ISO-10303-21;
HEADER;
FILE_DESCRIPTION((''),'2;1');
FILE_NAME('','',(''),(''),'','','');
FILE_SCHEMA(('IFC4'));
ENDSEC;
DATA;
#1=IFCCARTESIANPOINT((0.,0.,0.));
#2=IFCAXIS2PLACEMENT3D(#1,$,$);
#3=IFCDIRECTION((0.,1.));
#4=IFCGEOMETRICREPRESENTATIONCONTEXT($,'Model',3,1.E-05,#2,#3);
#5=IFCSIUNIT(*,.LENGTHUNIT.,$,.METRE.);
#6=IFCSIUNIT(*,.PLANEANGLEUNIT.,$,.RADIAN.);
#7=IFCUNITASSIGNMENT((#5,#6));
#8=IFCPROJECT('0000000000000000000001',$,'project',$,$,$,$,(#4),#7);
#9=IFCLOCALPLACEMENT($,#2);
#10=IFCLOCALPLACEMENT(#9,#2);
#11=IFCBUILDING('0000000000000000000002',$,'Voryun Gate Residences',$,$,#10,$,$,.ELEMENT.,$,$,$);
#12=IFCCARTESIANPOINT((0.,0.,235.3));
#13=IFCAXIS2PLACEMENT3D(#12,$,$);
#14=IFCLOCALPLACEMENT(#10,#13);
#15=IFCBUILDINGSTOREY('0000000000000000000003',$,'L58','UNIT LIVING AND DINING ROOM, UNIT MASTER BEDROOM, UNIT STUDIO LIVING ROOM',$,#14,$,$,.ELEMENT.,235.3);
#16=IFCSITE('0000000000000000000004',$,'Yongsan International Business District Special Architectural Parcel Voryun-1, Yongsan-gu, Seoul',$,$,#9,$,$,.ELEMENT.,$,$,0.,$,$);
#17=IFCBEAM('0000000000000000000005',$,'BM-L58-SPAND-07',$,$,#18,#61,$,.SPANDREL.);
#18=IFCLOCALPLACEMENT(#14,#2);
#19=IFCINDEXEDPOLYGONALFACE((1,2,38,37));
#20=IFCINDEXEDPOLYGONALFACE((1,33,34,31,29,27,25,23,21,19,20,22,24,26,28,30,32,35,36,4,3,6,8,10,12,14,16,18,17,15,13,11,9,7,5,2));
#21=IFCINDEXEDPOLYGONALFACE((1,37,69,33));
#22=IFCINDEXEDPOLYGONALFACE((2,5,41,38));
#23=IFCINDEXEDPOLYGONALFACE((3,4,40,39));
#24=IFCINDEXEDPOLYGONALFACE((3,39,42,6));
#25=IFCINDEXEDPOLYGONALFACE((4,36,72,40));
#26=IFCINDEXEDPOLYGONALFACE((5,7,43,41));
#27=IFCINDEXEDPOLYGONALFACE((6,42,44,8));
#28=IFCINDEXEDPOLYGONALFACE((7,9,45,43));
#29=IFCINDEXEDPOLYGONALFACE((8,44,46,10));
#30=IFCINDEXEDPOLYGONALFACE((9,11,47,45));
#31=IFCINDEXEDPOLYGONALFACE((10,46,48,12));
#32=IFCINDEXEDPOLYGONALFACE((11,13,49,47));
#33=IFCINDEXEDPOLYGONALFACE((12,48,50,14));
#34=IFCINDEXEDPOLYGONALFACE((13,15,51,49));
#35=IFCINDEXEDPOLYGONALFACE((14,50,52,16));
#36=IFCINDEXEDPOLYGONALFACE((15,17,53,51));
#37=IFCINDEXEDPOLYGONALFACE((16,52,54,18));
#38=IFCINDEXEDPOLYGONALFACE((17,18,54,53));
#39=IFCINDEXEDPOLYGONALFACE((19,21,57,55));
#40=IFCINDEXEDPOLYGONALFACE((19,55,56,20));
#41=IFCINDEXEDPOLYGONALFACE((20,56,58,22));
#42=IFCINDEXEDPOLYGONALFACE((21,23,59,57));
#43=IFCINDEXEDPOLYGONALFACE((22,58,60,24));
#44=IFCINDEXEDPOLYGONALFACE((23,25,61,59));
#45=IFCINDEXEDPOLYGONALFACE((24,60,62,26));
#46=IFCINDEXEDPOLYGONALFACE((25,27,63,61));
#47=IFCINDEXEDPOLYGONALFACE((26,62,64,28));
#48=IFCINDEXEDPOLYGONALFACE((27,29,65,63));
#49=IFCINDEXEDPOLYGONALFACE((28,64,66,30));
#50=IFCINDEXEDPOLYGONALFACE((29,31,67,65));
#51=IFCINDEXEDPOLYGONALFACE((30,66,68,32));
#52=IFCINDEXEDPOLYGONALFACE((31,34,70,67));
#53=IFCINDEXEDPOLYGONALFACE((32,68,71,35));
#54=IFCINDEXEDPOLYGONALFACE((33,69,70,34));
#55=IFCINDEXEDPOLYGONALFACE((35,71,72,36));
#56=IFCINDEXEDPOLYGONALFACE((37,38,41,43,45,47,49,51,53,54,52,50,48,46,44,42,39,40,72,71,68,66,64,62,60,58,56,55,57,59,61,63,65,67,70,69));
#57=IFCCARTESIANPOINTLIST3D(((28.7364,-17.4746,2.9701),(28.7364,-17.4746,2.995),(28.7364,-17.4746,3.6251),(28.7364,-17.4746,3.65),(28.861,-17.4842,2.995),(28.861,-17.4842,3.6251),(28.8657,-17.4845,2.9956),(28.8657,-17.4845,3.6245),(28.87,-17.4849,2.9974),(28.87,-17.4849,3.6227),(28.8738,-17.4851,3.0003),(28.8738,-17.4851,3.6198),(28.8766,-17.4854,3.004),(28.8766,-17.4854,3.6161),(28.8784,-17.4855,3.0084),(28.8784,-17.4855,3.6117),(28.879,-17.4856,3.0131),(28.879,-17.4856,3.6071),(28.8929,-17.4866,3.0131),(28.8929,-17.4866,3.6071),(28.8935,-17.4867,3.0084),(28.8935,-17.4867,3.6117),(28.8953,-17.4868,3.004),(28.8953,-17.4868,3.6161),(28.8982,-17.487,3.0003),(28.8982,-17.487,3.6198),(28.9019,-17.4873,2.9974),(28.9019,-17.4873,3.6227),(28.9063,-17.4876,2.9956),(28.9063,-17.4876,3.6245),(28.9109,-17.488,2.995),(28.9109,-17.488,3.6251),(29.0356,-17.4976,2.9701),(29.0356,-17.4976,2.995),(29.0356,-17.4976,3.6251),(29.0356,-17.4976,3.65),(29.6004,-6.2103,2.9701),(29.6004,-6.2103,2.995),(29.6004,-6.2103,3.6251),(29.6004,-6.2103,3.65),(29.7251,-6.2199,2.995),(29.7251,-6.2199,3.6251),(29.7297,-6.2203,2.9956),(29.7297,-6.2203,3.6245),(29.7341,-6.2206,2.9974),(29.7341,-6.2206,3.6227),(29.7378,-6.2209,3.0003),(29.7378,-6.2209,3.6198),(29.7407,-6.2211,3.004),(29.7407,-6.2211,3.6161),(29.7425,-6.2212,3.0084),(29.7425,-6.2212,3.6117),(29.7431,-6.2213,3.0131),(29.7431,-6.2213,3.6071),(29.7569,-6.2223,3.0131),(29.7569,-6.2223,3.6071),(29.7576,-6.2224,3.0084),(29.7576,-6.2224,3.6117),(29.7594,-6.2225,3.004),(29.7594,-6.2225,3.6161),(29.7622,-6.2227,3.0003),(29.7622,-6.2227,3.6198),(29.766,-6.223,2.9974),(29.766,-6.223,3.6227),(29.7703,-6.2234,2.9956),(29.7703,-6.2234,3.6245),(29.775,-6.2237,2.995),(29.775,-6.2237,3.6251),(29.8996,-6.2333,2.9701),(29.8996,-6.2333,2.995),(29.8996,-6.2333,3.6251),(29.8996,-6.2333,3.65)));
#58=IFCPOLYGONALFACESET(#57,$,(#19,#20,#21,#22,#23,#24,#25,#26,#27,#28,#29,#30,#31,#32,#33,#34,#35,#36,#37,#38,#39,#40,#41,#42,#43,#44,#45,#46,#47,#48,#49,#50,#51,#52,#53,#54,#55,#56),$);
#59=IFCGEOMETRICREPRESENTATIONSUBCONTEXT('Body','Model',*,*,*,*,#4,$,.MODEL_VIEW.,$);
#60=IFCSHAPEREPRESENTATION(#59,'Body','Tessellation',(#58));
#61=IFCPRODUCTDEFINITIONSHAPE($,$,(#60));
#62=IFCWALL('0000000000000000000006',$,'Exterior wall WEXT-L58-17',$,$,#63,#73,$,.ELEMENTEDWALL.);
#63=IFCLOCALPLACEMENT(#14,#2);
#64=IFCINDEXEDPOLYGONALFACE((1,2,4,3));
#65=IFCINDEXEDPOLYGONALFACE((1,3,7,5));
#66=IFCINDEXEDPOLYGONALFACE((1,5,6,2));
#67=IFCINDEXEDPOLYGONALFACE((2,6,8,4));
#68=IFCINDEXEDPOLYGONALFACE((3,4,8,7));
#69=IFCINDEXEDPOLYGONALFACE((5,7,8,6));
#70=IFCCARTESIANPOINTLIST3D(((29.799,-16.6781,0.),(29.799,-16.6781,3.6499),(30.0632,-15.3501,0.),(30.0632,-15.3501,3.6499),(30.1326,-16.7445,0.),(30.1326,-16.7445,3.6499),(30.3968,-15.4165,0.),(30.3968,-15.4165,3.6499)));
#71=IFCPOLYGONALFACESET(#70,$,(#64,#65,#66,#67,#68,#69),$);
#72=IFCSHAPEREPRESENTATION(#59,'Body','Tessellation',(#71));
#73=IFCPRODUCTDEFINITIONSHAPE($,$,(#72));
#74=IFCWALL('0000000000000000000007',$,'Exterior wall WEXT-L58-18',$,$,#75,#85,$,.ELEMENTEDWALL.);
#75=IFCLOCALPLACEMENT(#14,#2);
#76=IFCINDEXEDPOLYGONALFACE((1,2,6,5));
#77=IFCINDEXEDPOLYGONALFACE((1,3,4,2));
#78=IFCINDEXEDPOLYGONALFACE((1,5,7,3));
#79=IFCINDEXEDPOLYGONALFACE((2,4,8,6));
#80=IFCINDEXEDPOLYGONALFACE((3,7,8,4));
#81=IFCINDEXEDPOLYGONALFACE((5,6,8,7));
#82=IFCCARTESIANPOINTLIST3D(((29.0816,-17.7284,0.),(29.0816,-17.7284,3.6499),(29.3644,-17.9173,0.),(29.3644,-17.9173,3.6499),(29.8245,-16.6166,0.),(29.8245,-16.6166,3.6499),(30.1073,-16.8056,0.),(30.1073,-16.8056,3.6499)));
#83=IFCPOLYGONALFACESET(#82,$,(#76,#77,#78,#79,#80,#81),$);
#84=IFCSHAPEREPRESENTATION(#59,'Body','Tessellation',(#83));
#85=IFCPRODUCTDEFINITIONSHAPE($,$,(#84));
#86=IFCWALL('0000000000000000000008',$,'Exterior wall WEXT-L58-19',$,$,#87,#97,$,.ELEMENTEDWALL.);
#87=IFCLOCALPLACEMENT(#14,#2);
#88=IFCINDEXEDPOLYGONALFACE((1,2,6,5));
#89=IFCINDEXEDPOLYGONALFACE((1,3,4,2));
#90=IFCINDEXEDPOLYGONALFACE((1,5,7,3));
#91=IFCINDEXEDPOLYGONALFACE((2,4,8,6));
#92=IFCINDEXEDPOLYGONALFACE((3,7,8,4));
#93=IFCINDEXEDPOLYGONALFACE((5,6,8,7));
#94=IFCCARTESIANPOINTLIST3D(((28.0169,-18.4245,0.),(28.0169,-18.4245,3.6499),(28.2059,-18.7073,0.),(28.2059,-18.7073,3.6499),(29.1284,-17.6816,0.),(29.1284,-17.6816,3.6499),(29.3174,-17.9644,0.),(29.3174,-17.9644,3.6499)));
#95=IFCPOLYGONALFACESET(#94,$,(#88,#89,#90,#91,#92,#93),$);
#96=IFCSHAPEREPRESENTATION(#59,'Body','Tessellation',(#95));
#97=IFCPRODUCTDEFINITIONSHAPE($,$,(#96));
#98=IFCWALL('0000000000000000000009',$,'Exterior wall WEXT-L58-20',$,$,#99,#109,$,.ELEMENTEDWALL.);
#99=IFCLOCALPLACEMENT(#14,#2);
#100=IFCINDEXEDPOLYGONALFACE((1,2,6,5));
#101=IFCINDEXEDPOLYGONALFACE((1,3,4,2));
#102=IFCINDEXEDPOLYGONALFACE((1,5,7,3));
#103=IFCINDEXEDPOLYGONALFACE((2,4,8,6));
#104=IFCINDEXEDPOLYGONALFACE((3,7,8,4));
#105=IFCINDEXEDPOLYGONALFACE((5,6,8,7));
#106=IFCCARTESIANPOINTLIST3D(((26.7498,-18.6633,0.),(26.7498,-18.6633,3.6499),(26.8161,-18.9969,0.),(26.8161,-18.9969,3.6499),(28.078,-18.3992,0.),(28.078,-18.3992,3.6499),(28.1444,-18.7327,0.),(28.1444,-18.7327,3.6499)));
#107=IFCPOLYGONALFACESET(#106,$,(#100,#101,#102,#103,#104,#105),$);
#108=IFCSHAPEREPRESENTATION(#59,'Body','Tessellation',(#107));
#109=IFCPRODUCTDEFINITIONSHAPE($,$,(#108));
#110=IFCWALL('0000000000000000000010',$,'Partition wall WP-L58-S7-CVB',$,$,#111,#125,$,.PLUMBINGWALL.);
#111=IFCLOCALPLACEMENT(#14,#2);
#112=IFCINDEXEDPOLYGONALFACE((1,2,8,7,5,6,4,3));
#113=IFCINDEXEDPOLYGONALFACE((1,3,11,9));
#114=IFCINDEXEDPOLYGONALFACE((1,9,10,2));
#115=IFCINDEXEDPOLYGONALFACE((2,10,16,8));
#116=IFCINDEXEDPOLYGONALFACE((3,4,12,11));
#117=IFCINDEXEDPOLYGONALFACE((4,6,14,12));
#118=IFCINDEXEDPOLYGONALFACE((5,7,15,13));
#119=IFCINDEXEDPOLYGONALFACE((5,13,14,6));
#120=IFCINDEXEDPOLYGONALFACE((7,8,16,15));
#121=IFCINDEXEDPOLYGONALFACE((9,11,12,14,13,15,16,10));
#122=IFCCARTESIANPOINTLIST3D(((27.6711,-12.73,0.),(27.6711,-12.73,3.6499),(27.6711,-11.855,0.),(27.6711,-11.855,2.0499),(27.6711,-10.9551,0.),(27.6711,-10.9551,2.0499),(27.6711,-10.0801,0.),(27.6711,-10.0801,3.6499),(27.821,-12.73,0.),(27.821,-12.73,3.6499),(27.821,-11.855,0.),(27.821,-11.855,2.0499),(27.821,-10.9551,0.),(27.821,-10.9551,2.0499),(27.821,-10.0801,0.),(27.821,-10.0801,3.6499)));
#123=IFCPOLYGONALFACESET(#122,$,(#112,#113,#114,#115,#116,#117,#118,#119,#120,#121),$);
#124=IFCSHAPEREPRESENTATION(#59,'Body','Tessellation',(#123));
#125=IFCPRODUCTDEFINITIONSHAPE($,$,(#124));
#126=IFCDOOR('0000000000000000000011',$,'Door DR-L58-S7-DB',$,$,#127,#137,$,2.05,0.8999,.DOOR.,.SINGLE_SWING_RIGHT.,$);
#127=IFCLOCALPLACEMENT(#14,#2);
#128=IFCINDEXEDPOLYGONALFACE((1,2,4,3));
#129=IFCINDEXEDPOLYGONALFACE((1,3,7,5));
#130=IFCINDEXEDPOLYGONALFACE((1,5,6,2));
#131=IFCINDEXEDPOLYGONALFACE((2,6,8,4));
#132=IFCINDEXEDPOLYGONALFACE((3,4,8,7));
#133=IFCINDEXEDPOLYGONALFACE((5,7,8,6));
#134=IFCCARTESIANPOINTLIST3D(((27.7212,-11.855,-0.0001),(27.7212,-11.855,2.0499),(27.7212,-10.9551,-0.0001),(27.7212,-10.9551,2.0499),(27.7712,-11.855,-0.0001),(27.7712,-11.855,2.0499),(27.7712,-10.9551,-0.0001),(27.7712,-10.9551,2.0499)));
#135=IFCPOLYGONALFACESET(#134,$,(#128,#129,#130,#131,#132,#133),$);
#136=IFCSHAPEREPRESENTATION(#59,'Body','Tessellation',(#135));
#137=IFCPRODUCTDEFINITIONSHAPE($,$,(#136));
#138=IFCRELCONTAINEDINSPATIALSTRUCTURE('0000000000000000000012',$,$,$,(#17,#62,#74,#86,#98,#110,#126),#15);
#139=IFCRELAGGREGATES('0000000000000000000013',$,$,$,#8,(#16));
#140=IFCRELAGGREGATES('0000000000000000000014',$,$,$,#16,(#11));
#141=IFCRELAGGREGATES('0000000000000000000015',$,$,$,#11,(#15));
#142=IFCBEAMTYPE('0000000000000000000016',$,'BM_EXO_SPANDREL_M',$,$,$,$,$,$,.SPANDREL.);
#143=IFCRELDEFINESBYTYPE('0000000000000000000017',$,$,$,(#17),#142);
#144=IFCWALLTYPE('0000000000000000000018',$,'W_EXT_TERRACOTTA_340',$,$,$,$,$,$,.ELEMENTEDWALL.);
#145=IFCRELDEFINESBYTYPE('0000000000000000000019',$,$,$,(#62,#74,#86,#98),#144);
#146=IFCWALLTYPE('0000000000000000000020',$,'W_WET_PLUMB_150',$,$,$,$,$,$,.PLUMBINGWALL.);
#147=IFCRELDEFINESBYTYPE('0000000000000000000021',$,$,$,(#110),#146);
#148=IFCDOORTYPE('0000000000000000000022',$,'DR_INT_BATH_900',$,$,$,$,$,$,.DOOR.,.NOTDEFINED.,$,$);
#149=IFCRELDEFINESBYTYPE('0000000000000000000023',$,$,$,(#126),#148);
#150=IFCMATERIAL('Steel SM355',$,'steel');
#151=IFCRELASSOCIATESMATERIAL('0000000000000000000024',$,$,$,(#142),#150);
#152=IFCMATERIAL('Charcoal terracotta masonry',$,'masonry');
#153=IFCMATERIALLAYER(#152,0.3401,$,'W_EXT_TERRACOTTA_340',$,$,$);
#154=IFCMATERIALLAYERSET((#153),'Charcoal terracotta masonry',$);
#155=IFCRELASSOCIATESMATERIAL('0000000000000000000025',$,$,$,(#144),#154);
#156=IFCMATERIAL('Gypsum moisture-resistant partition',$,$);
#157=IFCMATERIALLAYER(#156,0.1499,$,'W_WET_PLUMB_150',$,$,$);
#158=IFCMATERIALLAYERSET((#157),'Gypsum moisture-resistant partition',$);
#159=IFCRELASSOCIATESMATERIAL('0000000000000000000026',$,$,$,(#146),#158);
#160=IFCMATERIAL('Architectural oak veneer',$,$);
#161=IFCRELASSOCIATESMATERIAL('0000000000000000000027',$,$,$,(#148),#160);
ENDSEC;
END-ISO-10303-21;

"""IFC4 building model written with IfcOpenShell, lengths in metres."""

from ifc_helpers import new_model, si_unit, direction, frame, frame_2d, origin, origin_2d, place, context, subcontext, project, spatial, rectangle, i_section, extrude, material, layer, layer_set, material_profile, profile_set, type_object, element, fill, save


model = new_model("IFC4")

# Units and contexts
model_context = context("Model", 3, precision=1e-05, world=origin(), true_north=direction((0.0, 1.0)))
body_context = subcontext(model_context, "Body", "Model", "MODEL_VIEW")
ifc_project = project(units=[si_unit("LENGTHUNIT", "METRE"), si_unit("PLANEANGLEUNIT", "RADIAN")], contexts=[model_context])

# Site, building, storey
site_placement = place(None, origin())
site = spatial("IfcSite", under=ifc_project, at=site_placement, Name="Yongsan International Business District Special Architectural Parcel Voryun-1, Yongsan-gu, Seoul", CompositionType="ELEMENT", RefElevation=0.0)
building_placement = place(site_placement, origin())
building = spatial("IfcBuilding", under=site, at=building_placement, Name="Voryun Gate Residences", CompositionType="ELEMENT")
storey_placement = place(building_placement, frame((0.0, 0.0, 235.3)))
storey = spatial("IfcBuildingStorey", under=building, at=storey_placement, Name="L58", Description="UNIT LIVING AND DINING ROOM, UNIT MASTER BEDROOM, UNIT STUDIO LIVING ROOM", CompositionType="ELEMENT", Elevation=235.3)

# Beam
ifc_material_1 = material(Name="Steel SM355", Category="steel")
ifc_material_profile_1 = material_profile(ifc_material_1, i_section(OverallWidth=0.3, OverallDepth=0.6799, WebThickness=0.0139, FlangeThickness=0.0249, FilletRadius=0.0181, at=origin_2d()), Name="H-680x300x14x25")
ifc_profile_set_1 = profile_set([ifc_material_profile_1], Name="Steel SM355")
beam_type = type_object("IfcBeamType", Name="BM_EXO_SPANDREL_M", PredefinedType="SPANDREL", material=ifc_profile_set_1)
beam_1_placement = place(storey_placement, frame((28.886, -17.4861, 3.3101), z_axis=(0.07648, 0.997071, 0.0), x_axis=(-0.997071, 0.07648, 0.0)))
element("IfcBeam", 1, at=beam_1_placement, inside=storey, type_object=beam_type, Name="BM-L58-SPAND-07", PredefinedType="SPANDREL", context=body_context, shape_type="SweptSolid", body=[
    extrude(i_section(OverallWidth=0.3, OverallDepth=0.6799, WebThickness=0.0139, FlangeThickness=0.0249, FilletRadius=0.0181, at=origin_2d()), origin(), (0.0, 0.0, 1.0), 11.2974),
])

# Shared definitions
ifc_material_2 = material(Name="Charcoal terracotta masonry", Category="masonry")
ifc_layer_1 = layer(ifc_material_2, 0.3401, Name="W_EXT_TERRACOTTA_340")
ifc_layer_set_1 = layer_set([ifc_layer_1], Name="Charcoal terracotta masonry")
wall_type_1 = type_object("IfcWallType", Name="W_EXT_TERRACOTTA_340", PredefinedType="ELEMENTEDWALL", material=ifc_layer_set_1)

# Walls
wall_1_placement = place(storey_placement, frame((30.23, -15.3833, 0.0), z_axis=(0.0, 0.0, 1.0), x_axis=(-0.19511, -0.980781, 0.0)))
element("IfcWall", 2, at=wall_1_placement, inside=storey, type_object=wall_type_1, Name="Exterior wall WEXT-L58-17", PredefinedType="ELEMENTEDWALL", context=body_context, shape_type="SweptSolid", body=[
    extrude(rectangle(XDim=1.354, YDim=0.3401, at=frame_2d((0.677, 0.0))), origin(), (0.0, 0.0, 1.0), 3.6499),
])
wall_2_placement = place(storey_placement, frame((29.9658, -16.7112, 0.0), z_axis=(0.0, 0.0, 1.0), x_axis=(-0.555585, -0.83146, 0.0)))
element("IfcWall", 3, at=wall_2_placement, inside=storey, type_object=wall_type_1, Name="Exterior wall WEXT-L58-18", PredefinedType="ELEMENTEDWALL", context=body_context, shape_type="SweptSolid", body=[
    extrude(rectangle(XDim=1.3372, YDim=0.3401, at=frame_2d((0.6685, 0.0))), origin(), (0.0, 0.0, 1.0), 3.6499),
])
wall_3_placement = place(storey_placement, frame((29.2229, -17.823, 0.0), z_axis=(0.0, 0.0, 1.0), x_axis=(-0.831404, -0.555669, 0.0)))
element("IfcWall", 4, at=wall_3_placement, inside=storey, type_object=wall_type_1, Name="Exterior wall WEXT-L58-19", PredefinedType="ELEMENTEDWALL", context=body_context, shape_type="SweptSolid", body=[
    extrude(rectangle(XDim=1.3369, YDim=0.3401, at=frame_2d((0.6685, 0.0))), origin(), (0.0, 0.0, 1.0), 3.6499),
])
wall_4_placement = place(storey_placement, frame((28.1113, -18.5659, 0.0), z_axis=(0.0, 0.0, 1.0), x_axis=(-0.980788, -0.195076, 0.0)))
element("IfcWall", 5, at=wall_4_placement, inside=storey, type_object=wall_type_1, Name="Exterior wall WEXT-L58-20", PredefinedType="ELEMENTEDWALL", context=body_context, shape_type="SweptSolid", body=[
    extrude(rectangle(XDim=1.3542, YDim=0.3401, at=frame_2d((0.6772, 0.0))), origin(), (0.0, 0.0, 1.0), 3.6499),
])

# Wall, opening, door
ifc_material_3 = material(Name="Gypsum moisture-resistant partition")
ifc_layer_2 = layer(ifc_material_3, 0.1499, Name="W_WET_PLUMB_150")
ifc_layer_set_2 = layer_set([ifc_layer_2], Name="Gypsum moisture-resistant partition")
wall_type_2 = type_object("IfcWallType", Name="W_WET_PLUMB_150", PredefinedType="PLUMBINGWALL", material=ifc_layer_set_2)
wall_5_placement = place(storey_placement, frame((27.7461, -12.73, 0.0), z_axis=(0.0, 0.0, 1.0), x_axis=(0.0, 1.0, 0.0)))
wall_5 = element("IfcWall", 6, at=wall_5_placement, inside=storey, type_object=wall_type_2, Name="Partition wall WP-L58-S7-CVB", PredefinedType="PLUMBINGWALL", context=body_context, shape_type="SweptSolid", body=[
    extrude(rectangle(XDim=2.6499, YDim=0.1499, at=frame_2d((1.325, 0.0))), origin(), (0.0, 0.0, 1.0), 3.6499),
])
opening_1_placement = place(wall_5_placement, frame((0.875, 0.0, 0.0)))
opening_1 = element("IfcOpeningElement", 7, at=opening_1_placement, cuts=wall_5, PredefinedType="OPENING", context=body_context, shape_type="SweptSolid", body=[
    extrude(rectangle(XDim=0.8999, YDim=2.05, at=frame_2d((0.45, 1.0249))), frame((0.0, 0.085, 0.0), z_axis=(0.0, -1.0, 0.0), x_axis=(1.0, 0.0, 0.0)), (0.0, 0.0, 1.0), 0.1699),
])
ifc_material_4 = material(Name="Architectural oak veneer")
door_type = type_object("IfcDoorType", Name="DR_INT_BATH_900", OperationType="NOTDEFINED", PredefinedType="DOOR", material=ifc_material_4)
door_placement = place(opening_1_placement, origin())
door = element("IfcDoor", 8, at=door_placement, inside=storey, type_object=door_type, Name="Door DR-L58-S7-DB", OperationType="SINGLE_SWING_RIGHT", OverallHeight=2.05, OverallWidth=0.8999, PredefinedType="DOOR", context=body_context, shape_type="SweptSolid", body=[
    extrude(rectangle(XDim=0.8999, YDim=2.05, at=frame_2d((0.45, 1.0249))), frame((0.0, 0.0249, 0.0), z_axis=(0.0, -1.0, 0.0), x_axis=(1.0, 0.0, 0.0)), (0.0, 0.0, 1.0), 0.05),
])
fill(opening_1, door)

save(model, "model.ifc")
